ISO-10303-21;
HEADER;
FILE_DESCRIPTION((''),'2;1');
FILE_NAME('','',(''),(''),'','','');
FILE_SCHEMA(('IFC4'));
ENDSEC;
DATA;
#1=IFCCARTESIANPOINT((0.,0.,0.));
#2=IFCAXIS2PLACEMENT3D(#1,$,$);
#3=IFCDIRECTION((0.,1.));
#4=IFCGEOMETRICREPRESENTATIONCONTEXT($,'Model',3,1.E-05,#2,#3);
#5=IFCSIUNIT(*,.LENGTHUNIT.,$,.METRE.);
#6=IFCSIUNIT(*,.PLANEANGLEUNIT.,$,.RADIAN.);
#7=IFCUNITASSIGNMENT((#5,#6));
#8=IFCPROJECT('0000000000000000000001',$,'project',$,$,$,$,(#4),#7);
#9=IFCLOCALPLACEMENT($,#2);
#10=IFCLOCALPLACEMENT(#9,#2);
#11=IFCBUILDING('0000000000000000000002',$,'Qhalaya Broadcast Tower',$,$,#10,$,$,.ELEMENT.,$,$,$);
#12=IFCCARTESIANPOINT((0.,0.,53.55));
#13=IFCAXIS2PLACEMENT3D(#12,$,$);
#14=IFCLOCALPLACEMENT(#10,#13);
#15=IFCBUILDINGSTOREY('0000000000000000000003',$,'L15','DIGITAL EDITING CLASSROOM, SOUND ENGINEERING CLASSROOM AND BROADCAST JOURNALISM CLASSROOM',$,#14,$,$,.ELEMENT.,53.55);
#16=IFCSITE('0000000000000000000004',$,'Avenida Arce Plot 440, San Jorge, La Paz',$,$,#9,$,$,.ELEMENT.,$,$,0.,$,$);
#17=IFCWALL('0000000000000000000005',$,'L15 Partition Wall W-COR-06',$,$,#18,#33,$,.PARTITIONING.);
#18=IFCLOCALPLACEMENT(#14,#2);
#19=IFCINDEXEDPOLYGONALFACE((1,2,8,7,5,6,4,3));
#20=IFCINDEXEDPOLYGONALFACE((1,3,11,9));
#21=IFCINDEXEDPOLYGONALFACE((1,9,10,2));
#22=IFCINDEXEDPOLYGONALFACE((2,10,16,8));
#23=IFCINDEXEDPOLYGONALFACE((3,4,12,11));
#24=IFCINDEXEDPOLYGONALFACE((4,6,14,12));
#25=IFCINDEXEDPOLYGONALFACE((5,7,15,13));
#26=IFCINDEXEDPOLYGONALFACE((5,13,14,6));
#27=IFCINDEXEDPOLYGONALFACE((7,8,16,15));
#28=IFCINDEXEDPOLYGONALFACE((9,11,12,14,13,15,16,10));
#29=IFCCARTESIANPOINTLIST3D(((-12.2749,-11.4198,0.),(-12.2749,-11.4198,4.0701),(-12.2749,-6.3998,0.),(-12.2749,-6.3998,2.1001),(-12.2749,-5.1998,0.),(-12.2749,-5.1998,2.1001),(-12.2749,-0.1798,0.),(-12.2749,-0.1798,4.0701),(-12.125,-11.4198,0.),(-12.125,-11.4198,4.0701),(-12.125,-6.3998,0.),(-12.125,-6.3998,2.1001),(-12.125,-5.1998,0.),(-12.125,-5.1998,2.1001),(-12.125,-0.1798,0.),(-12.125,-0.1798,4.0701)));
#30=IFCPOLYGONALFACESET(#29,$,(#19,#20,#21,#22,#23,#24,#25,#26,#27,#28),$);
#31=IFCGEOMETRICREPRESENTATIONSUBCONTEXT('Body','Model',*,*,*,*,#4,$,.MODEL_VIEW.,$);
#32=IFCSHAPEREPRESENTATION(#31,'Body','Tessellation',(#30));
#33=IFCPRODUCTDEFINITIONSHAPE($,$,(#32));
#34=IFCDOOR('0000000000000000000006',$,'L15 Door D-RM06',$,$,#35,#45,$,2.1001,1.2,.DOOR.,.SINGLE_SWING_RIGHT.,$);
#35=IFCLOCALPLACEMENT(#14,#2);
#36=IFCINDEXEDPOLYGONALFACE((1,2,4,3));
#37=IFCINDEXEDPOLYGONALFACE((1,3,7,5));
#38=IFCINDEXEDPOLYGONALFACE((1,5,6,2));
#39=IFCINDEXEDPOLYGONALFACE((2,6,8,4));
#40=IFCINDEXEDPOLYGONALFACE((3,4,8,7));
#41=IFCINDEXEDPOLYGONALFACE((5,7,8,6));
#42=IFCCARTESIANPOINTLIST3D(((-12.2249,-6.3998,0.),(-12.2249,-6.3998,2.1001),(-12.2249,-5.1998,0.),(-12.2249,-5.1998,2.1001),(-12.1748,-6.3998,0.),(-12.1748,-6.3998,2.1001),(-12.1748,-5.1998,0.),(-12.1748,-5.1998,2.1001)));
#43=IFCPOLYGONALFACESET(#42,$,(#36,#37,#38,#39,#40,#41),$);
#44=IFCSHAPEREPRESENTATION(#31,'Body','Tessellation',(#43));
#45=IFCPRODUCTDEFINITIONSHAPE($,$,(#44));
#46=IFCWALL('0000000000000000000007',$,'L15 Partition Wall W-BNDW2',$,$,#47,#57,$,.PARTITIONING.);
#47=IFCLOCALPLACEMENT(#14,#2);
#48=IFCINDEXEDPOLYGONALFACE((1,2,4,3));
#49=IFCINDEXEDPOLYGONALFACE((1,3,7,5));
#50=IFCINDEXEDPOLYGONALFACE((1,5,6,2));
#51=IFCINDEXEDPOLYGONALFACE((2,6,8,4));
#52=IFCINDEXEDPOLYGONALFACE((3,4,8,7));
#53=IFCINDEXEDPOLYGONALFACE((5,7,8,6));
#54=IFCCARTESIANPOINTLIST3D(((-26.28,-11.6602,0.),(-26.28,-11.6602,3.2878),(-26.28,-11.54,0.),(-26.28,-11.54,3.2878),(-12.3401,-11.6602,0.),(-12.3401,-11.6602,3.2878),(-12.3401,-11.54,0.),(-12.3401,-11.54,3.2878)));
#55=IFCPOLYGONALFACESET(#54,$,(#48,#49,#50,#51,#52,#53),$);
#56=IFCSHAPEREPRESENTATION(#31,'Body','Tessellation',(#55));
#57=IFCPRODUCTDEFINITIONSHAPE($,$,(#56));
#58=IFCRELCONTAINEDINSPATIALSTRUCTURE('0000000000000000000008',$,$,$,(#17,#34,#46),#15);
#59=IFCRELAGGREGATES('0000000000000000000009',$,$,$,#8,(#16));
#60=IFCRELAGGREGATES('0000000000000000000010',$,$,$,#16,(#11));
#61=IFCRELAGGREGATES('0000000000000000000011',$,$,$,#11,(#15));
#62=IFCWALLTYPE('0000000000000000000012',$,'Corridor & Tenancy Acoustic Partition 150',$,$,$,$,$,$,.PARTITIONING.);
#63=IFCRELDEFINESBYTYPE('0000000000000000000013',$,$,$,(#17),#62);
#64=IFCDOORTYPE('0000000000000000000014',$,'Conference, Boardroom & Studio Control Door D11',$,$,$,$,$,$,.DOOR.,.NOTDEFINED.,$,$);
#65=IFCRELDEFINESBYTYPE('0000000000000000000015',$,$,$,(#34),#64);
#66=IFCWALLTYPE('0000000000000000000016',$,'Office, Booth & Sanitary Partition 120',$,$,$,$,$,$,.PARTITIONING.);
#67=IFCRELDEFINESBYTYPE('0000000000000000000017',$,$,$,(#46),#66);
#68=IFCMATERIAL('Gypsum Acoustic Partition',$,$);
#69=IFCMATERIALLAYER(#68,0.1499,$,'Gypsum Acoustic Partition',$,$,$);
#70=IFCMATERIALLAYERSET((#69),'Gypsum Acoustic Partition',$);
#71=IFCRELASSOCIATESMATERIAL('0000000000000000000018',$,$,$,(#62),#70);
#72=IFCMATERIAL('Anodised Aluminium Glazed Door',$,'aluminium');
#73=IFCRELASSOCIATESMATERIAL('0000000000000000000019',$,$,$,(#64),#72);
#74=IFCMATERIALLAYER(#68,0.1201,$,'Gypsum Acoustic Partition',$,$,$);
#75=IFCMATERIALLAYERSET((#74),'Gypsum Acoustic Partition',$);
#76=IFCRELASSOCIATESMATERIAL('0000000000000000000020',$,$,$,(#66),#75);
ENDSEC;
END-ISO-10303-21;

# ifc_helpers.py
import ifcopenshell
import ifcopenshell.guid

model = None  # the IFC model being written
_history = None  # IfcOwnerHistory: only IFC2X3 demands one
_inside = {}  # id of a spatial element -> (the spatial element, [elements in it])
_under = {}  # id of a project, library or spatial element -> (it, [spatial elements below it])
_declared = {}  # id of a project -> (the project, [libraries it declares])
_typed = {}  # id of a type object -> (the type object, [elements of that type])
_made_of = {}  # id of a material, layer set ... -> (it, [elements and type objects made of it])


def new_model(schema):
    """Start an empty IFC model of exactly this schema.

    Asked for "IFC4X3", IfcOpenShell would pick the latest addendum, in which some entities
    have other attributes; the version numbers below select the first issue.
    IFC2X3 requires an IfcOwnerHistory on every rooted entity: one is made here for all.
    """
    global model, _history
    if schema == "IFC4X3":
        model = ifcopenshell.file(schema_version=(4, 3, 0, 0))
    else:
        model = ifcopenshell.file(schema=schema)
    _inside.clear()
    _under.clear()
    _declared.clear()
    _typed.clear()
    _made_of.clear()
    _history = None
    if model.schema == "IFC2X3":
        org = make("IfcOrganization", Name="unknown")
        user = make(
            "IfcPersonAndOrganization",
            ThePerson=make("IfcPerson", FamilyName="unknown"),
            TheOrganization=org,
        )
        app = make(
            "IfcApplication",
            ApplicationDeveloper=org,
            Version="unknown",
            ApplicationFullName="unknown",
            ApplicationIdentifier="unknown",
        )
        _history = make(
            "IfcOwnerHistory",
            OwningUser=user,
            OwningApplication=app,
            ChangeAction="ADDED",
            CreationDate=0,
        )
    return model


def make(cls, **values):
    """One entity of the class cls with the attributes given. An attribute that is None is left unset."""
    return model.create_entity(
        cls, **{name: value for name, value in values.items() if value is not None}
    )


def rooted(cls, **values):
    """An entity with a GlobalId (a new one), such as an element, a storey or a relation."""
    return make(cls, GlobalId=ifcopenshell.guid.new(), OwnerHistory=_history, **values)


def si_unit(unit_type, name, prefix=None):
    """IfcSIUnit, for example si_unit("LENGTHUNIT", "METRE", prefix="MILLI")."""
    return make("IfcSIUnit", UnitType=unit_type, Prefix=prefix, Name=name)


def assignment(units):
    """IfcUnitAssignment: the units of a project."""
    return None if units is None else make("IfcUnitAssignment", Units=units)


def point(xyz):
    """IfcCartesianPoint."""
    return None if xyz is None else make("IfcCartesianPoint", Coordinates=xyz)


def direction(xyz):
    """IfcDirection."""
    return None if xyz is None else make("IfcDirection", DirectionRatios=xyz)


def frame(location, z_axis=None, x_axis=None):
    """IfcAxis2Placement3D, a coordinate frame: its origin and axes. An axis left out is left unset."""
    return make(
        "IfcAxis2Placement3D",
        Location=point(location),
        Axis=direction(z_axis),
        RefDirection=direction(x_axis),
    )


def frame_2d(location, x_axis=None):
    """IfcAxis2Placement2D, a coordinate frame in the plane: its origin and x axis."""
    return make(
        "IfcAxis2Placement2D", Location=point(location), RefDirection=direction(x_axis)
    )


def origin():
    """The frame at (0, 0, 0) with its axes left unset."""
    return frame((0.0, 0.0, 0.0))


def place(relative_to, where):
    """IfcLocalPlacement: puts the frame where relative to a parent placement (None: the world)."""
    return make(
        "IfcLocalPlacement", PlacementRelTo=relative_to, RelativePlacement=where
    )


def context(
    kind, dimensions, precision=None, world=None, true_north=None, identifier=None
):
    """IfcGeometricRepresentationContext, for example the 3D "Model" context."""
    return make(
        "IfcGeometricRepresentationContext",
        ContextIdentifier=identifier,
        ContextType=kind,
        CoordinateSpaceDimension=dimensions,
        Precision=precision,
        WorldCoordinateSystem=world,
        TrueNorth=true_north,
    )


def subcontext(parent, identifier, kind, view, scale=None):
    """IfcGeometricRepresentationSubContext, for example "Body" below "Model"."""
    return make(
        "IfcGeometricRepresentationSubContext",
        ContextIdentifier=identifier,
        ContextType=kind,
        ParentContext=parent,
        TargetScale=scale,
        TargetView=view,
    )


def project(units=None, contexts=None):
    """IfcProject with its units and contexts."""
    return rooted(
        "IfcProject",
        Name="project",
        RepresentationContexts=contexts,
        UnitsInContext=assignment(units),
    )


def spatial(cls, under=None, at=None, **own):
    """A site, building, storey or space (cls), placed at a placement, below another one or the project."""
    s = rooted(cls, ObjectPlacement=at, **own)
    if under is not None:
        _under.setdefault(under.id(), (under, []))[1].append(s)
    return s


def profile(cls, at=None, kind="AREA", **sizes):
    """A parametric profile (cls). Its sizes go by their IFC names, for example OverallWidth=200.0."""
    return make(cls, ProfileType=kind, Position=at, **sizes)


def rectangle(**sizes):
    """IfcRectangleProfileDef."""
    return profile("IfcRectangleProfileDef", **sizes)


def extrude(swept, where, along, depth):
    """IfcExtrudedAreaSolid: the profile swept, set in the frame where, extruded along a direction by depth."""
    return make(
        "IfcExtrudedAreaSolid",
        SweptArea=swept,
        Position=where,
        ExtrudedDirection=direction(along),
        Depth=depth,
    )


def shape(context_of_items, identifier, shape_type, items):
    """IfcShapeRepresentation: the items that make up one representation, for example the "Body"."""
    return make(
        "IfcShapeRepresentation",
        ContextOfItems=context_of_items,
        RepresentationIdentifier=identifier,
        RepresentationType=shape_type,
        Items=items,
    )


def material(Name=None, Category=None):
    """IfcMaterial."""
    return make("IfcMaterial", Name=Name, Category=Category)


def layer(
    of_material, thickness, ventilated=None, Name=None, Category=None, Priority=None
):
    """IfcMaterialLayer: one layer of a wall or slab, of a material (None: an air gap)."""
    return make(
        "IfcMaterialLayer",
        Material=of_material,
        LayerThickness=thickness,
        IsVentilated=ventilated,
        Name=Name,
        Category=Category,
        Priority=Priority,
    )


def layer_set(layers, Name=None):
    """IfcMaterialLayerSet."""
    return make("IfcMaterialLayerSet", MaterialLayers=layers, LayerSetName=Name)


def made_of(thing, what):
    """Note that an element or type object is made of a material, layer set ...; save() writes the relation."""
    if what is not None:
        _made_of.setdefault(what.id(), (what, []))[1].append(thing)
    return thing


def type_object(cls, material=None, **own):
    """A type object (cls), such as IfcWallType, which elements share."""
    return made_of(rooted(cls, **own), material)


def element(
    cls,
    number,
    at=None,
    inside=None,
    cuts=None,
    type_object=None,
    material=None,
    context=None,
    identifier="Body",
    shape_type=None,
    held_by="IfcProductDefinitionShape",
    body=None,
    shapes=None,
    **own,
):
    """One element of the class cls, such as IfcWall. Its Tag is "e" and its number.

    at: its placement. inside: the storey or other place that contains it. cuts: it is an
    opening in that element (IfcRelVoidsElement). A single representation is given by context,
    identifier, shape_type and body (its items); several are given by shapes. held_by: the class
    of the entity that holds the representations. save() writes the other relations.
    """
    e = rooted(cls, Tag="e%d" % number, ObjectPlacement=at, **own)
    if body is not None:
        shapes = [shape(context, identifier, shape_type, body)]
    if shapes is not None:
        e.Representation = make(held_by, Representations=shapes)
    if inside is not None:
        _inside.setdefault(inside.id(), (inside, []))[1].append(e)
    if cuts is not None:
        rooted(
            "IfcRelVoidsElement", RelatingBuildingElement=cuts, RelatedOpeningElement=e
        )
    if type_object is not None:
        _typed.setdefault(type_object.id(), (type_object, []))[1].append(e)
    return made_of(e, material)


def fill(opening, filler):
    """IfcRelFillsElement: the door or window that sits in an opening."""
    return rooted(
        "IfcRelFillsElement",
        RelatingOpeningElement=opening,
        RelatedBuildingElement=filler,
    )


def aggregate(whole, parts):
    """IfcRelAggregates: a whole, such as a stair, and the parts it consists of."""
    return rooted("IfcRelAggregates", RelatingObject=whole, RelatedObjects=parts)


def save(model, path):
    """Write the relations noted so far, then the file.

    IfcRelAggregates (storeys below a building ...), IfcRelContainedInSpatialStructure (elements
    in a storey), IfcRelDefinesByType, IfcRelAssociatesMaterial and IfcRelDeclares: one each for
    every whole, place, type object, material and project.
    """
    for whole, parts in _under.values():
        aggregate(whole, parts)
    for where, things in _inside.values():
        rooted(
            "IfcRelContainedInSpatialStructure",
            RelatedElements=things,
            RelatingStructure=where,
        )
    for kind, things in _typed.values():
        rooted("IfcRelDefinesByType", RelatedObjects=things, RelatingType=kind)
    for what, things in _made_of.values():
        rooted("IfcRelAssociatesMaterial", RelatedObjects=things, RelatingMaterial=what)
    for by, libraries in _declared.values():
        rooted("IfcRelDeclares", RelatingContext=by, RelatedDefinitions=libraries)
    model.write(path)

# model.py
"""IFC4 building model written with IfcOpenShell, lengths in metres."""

from ifc_helpers import new_model, si_unit, direction, frame, frame_2d, origin, place, context, subcontext, project, spatial, rectangle, extrude, material, layer, layer_set, type_object, element, fill, save


model = new_model("IFC4")

# Units and contexts
model_context = context("Model", 3, precision=1e-05, world=origin(), true_north=direction((0.0, 1.0)))
body_context = subcontext(model_context, "Body", "Model", "MODEL_VIEW")
ifc_project = project(units=[si_unit("LENGTHUNIT", "METRE"), si_unit("PLANEANGLEUNIT", "RADIAN")], contexts=[model_context])

# Site, building, storey
site_placement = place(None, origin())
site = spatial("IfcSite", under=ifc_project, at=site_placement, Name="Avenida Arce Plot 440, San Jorge, La Paz", CompositionType="ELEMENT", RefElevation=0.0)
building_placement = place(site_placement, origin())
building = spatial("IfcBuilding", under=site, at=building_placement, Name="Qhalaya Broadcast Tower", CompositionType="ELEMENT")
storey_placement = place(building_placement, frame((0.0, 0.0, 53.55)))
storey = spatial("IfcBuildingStorey", under=building, at=storey_placement, Name="L15", Description="DIGITAL EDITING CLASSROOM, SOUND ENGINEERING CLASSROOM AND BROADCAST JOURNALISM CLASSROOM", CompositionType="ELEMENT", Elevation=53.55)

# Wall, opening, door
ifc_material_1 = material(Name="Gypsum Acoustic Partition")
ifc_layer_1 = layer(ifc_material_1, 0.1499, Name="Gypsum Acoustic Partition")
ifc_layer_set_1 = layer_set([ifc_layer_1], Name="Gypsum Acoustic Partition")
wall_type_1 = type_object("IfcWallType", Name="Corridor & Tenancy Acoustic Partition 150", PredefinedType="PARTITIONING", material=ifc_layer_set_1)
wall_1_placement = place(storey_placement, frame((-12.2, -11.4199, 0.0), z_axis=(0.0, 0.0, 1.0), x_axis=(0.0, 1.0, 0.0)))
wall_1 = element("IfcWall", 1, at=wall_1_placement, inside=storey, type_object=wall_type_1, Name="L15 Partition Wall W-COR-06", PredefinedType="PARTITIONING", context=body_context, shape_type="SweptSolid", body=[
    extrude(rectangle(XDim=11.24, YDim=0.1499, at=frame_2d((5.6201, 0.0))), origin(), (0.0, 0.0, 1.0), 4.0701),
])
opening_placement = place(wall_1_placement, frame((5.02, 0.0, 0.0)))
opening = element("IfcOpeningElement", 2, at=opening_placement, cuts=wall_1, PredefinedType="OPENING", context=body_context, shape_type="SweptSolid", body=[
    extrude(rectangle(XDim=1.2, YDim=2.1001, at=frame_2d((0.6001, 1.05))), frame((0.0, 0.0869, 0.0), z_axis=(0.0, -1.0, 0.0), x_axis=(1.0, 0.0, 0.0)), (0.0, 0.0, 1.0), 0.1738),
])
ifc_material_2 = material(Name="Anodised Aluminium Glazed Door", Category="aluminium")
door_type = type_object("IfcDoorType", Name="Conference, Boardroom & Studio Control Door D11", OperationType="NOTDEFINED", PredefinedType="DOOR", material=ifc_material_2)
door_placement = place(opening_placement, origin())
door = element("IfcDoor", 3, at=door_placement, inside=storey, type_object=door_type, Name="L15 Door D-RM06", OperationType="SINGLE_SWING_RIGHT", OverallHeight=2.1001, OverallWidth=1.2, PredefinedType="DOOR", context=body_context, shape_type="SweptSolid", body=[
    extrude(rectangle(XDim=1.2, YDim=2.1001, at=frame_2d((0.6001, 1.05))), frame((0.0, 0.0249, 0.0), z_axis=(0.0, -1.0, 0.0), x_axis=(1.0, 0.0, 0.0)), (0.0, 0.0, 1.0), 0.05),
])
fill(opening, door)

# Wall
ifc_layer_2 = layer(ifc_material_1, 0.1201, Name="Gypsum Acoustic Partition")
ifc_layer_set_2 = layer_set([ifc_layer_2], Name="Gypsum Acoustic Partition")
wall_type_2 = type_object("IfcWallType", Name="Office, Booth & Sanitary Partition 120", PredefinedType="PARTITIONING", material=ifc_layer_set_2)
wall_2_placement = place(storey_placement, frame((-26.28, -11.6001, 0.0), z_axis=(0.0, 0.0, 1.0), x_axis=(1.0, 0.0, 0.0)))
element("IfcWall", 4, at=wall_2_placement, inside=storey, type_object=wall_type_2, Name="L15 Partition Wall W-BNDW2", PredefinedType="PARTITIONING", context=body_context, shape_type="SweptSolid", body=[
    extrude(rectangle(XDim=13.9399, YDim=0.1201, at=frame_2d((6.97, 0.0))), origin(), (0.0, 0.0, 1.0), 3.2878),
])

save(model, "model.ifc")
